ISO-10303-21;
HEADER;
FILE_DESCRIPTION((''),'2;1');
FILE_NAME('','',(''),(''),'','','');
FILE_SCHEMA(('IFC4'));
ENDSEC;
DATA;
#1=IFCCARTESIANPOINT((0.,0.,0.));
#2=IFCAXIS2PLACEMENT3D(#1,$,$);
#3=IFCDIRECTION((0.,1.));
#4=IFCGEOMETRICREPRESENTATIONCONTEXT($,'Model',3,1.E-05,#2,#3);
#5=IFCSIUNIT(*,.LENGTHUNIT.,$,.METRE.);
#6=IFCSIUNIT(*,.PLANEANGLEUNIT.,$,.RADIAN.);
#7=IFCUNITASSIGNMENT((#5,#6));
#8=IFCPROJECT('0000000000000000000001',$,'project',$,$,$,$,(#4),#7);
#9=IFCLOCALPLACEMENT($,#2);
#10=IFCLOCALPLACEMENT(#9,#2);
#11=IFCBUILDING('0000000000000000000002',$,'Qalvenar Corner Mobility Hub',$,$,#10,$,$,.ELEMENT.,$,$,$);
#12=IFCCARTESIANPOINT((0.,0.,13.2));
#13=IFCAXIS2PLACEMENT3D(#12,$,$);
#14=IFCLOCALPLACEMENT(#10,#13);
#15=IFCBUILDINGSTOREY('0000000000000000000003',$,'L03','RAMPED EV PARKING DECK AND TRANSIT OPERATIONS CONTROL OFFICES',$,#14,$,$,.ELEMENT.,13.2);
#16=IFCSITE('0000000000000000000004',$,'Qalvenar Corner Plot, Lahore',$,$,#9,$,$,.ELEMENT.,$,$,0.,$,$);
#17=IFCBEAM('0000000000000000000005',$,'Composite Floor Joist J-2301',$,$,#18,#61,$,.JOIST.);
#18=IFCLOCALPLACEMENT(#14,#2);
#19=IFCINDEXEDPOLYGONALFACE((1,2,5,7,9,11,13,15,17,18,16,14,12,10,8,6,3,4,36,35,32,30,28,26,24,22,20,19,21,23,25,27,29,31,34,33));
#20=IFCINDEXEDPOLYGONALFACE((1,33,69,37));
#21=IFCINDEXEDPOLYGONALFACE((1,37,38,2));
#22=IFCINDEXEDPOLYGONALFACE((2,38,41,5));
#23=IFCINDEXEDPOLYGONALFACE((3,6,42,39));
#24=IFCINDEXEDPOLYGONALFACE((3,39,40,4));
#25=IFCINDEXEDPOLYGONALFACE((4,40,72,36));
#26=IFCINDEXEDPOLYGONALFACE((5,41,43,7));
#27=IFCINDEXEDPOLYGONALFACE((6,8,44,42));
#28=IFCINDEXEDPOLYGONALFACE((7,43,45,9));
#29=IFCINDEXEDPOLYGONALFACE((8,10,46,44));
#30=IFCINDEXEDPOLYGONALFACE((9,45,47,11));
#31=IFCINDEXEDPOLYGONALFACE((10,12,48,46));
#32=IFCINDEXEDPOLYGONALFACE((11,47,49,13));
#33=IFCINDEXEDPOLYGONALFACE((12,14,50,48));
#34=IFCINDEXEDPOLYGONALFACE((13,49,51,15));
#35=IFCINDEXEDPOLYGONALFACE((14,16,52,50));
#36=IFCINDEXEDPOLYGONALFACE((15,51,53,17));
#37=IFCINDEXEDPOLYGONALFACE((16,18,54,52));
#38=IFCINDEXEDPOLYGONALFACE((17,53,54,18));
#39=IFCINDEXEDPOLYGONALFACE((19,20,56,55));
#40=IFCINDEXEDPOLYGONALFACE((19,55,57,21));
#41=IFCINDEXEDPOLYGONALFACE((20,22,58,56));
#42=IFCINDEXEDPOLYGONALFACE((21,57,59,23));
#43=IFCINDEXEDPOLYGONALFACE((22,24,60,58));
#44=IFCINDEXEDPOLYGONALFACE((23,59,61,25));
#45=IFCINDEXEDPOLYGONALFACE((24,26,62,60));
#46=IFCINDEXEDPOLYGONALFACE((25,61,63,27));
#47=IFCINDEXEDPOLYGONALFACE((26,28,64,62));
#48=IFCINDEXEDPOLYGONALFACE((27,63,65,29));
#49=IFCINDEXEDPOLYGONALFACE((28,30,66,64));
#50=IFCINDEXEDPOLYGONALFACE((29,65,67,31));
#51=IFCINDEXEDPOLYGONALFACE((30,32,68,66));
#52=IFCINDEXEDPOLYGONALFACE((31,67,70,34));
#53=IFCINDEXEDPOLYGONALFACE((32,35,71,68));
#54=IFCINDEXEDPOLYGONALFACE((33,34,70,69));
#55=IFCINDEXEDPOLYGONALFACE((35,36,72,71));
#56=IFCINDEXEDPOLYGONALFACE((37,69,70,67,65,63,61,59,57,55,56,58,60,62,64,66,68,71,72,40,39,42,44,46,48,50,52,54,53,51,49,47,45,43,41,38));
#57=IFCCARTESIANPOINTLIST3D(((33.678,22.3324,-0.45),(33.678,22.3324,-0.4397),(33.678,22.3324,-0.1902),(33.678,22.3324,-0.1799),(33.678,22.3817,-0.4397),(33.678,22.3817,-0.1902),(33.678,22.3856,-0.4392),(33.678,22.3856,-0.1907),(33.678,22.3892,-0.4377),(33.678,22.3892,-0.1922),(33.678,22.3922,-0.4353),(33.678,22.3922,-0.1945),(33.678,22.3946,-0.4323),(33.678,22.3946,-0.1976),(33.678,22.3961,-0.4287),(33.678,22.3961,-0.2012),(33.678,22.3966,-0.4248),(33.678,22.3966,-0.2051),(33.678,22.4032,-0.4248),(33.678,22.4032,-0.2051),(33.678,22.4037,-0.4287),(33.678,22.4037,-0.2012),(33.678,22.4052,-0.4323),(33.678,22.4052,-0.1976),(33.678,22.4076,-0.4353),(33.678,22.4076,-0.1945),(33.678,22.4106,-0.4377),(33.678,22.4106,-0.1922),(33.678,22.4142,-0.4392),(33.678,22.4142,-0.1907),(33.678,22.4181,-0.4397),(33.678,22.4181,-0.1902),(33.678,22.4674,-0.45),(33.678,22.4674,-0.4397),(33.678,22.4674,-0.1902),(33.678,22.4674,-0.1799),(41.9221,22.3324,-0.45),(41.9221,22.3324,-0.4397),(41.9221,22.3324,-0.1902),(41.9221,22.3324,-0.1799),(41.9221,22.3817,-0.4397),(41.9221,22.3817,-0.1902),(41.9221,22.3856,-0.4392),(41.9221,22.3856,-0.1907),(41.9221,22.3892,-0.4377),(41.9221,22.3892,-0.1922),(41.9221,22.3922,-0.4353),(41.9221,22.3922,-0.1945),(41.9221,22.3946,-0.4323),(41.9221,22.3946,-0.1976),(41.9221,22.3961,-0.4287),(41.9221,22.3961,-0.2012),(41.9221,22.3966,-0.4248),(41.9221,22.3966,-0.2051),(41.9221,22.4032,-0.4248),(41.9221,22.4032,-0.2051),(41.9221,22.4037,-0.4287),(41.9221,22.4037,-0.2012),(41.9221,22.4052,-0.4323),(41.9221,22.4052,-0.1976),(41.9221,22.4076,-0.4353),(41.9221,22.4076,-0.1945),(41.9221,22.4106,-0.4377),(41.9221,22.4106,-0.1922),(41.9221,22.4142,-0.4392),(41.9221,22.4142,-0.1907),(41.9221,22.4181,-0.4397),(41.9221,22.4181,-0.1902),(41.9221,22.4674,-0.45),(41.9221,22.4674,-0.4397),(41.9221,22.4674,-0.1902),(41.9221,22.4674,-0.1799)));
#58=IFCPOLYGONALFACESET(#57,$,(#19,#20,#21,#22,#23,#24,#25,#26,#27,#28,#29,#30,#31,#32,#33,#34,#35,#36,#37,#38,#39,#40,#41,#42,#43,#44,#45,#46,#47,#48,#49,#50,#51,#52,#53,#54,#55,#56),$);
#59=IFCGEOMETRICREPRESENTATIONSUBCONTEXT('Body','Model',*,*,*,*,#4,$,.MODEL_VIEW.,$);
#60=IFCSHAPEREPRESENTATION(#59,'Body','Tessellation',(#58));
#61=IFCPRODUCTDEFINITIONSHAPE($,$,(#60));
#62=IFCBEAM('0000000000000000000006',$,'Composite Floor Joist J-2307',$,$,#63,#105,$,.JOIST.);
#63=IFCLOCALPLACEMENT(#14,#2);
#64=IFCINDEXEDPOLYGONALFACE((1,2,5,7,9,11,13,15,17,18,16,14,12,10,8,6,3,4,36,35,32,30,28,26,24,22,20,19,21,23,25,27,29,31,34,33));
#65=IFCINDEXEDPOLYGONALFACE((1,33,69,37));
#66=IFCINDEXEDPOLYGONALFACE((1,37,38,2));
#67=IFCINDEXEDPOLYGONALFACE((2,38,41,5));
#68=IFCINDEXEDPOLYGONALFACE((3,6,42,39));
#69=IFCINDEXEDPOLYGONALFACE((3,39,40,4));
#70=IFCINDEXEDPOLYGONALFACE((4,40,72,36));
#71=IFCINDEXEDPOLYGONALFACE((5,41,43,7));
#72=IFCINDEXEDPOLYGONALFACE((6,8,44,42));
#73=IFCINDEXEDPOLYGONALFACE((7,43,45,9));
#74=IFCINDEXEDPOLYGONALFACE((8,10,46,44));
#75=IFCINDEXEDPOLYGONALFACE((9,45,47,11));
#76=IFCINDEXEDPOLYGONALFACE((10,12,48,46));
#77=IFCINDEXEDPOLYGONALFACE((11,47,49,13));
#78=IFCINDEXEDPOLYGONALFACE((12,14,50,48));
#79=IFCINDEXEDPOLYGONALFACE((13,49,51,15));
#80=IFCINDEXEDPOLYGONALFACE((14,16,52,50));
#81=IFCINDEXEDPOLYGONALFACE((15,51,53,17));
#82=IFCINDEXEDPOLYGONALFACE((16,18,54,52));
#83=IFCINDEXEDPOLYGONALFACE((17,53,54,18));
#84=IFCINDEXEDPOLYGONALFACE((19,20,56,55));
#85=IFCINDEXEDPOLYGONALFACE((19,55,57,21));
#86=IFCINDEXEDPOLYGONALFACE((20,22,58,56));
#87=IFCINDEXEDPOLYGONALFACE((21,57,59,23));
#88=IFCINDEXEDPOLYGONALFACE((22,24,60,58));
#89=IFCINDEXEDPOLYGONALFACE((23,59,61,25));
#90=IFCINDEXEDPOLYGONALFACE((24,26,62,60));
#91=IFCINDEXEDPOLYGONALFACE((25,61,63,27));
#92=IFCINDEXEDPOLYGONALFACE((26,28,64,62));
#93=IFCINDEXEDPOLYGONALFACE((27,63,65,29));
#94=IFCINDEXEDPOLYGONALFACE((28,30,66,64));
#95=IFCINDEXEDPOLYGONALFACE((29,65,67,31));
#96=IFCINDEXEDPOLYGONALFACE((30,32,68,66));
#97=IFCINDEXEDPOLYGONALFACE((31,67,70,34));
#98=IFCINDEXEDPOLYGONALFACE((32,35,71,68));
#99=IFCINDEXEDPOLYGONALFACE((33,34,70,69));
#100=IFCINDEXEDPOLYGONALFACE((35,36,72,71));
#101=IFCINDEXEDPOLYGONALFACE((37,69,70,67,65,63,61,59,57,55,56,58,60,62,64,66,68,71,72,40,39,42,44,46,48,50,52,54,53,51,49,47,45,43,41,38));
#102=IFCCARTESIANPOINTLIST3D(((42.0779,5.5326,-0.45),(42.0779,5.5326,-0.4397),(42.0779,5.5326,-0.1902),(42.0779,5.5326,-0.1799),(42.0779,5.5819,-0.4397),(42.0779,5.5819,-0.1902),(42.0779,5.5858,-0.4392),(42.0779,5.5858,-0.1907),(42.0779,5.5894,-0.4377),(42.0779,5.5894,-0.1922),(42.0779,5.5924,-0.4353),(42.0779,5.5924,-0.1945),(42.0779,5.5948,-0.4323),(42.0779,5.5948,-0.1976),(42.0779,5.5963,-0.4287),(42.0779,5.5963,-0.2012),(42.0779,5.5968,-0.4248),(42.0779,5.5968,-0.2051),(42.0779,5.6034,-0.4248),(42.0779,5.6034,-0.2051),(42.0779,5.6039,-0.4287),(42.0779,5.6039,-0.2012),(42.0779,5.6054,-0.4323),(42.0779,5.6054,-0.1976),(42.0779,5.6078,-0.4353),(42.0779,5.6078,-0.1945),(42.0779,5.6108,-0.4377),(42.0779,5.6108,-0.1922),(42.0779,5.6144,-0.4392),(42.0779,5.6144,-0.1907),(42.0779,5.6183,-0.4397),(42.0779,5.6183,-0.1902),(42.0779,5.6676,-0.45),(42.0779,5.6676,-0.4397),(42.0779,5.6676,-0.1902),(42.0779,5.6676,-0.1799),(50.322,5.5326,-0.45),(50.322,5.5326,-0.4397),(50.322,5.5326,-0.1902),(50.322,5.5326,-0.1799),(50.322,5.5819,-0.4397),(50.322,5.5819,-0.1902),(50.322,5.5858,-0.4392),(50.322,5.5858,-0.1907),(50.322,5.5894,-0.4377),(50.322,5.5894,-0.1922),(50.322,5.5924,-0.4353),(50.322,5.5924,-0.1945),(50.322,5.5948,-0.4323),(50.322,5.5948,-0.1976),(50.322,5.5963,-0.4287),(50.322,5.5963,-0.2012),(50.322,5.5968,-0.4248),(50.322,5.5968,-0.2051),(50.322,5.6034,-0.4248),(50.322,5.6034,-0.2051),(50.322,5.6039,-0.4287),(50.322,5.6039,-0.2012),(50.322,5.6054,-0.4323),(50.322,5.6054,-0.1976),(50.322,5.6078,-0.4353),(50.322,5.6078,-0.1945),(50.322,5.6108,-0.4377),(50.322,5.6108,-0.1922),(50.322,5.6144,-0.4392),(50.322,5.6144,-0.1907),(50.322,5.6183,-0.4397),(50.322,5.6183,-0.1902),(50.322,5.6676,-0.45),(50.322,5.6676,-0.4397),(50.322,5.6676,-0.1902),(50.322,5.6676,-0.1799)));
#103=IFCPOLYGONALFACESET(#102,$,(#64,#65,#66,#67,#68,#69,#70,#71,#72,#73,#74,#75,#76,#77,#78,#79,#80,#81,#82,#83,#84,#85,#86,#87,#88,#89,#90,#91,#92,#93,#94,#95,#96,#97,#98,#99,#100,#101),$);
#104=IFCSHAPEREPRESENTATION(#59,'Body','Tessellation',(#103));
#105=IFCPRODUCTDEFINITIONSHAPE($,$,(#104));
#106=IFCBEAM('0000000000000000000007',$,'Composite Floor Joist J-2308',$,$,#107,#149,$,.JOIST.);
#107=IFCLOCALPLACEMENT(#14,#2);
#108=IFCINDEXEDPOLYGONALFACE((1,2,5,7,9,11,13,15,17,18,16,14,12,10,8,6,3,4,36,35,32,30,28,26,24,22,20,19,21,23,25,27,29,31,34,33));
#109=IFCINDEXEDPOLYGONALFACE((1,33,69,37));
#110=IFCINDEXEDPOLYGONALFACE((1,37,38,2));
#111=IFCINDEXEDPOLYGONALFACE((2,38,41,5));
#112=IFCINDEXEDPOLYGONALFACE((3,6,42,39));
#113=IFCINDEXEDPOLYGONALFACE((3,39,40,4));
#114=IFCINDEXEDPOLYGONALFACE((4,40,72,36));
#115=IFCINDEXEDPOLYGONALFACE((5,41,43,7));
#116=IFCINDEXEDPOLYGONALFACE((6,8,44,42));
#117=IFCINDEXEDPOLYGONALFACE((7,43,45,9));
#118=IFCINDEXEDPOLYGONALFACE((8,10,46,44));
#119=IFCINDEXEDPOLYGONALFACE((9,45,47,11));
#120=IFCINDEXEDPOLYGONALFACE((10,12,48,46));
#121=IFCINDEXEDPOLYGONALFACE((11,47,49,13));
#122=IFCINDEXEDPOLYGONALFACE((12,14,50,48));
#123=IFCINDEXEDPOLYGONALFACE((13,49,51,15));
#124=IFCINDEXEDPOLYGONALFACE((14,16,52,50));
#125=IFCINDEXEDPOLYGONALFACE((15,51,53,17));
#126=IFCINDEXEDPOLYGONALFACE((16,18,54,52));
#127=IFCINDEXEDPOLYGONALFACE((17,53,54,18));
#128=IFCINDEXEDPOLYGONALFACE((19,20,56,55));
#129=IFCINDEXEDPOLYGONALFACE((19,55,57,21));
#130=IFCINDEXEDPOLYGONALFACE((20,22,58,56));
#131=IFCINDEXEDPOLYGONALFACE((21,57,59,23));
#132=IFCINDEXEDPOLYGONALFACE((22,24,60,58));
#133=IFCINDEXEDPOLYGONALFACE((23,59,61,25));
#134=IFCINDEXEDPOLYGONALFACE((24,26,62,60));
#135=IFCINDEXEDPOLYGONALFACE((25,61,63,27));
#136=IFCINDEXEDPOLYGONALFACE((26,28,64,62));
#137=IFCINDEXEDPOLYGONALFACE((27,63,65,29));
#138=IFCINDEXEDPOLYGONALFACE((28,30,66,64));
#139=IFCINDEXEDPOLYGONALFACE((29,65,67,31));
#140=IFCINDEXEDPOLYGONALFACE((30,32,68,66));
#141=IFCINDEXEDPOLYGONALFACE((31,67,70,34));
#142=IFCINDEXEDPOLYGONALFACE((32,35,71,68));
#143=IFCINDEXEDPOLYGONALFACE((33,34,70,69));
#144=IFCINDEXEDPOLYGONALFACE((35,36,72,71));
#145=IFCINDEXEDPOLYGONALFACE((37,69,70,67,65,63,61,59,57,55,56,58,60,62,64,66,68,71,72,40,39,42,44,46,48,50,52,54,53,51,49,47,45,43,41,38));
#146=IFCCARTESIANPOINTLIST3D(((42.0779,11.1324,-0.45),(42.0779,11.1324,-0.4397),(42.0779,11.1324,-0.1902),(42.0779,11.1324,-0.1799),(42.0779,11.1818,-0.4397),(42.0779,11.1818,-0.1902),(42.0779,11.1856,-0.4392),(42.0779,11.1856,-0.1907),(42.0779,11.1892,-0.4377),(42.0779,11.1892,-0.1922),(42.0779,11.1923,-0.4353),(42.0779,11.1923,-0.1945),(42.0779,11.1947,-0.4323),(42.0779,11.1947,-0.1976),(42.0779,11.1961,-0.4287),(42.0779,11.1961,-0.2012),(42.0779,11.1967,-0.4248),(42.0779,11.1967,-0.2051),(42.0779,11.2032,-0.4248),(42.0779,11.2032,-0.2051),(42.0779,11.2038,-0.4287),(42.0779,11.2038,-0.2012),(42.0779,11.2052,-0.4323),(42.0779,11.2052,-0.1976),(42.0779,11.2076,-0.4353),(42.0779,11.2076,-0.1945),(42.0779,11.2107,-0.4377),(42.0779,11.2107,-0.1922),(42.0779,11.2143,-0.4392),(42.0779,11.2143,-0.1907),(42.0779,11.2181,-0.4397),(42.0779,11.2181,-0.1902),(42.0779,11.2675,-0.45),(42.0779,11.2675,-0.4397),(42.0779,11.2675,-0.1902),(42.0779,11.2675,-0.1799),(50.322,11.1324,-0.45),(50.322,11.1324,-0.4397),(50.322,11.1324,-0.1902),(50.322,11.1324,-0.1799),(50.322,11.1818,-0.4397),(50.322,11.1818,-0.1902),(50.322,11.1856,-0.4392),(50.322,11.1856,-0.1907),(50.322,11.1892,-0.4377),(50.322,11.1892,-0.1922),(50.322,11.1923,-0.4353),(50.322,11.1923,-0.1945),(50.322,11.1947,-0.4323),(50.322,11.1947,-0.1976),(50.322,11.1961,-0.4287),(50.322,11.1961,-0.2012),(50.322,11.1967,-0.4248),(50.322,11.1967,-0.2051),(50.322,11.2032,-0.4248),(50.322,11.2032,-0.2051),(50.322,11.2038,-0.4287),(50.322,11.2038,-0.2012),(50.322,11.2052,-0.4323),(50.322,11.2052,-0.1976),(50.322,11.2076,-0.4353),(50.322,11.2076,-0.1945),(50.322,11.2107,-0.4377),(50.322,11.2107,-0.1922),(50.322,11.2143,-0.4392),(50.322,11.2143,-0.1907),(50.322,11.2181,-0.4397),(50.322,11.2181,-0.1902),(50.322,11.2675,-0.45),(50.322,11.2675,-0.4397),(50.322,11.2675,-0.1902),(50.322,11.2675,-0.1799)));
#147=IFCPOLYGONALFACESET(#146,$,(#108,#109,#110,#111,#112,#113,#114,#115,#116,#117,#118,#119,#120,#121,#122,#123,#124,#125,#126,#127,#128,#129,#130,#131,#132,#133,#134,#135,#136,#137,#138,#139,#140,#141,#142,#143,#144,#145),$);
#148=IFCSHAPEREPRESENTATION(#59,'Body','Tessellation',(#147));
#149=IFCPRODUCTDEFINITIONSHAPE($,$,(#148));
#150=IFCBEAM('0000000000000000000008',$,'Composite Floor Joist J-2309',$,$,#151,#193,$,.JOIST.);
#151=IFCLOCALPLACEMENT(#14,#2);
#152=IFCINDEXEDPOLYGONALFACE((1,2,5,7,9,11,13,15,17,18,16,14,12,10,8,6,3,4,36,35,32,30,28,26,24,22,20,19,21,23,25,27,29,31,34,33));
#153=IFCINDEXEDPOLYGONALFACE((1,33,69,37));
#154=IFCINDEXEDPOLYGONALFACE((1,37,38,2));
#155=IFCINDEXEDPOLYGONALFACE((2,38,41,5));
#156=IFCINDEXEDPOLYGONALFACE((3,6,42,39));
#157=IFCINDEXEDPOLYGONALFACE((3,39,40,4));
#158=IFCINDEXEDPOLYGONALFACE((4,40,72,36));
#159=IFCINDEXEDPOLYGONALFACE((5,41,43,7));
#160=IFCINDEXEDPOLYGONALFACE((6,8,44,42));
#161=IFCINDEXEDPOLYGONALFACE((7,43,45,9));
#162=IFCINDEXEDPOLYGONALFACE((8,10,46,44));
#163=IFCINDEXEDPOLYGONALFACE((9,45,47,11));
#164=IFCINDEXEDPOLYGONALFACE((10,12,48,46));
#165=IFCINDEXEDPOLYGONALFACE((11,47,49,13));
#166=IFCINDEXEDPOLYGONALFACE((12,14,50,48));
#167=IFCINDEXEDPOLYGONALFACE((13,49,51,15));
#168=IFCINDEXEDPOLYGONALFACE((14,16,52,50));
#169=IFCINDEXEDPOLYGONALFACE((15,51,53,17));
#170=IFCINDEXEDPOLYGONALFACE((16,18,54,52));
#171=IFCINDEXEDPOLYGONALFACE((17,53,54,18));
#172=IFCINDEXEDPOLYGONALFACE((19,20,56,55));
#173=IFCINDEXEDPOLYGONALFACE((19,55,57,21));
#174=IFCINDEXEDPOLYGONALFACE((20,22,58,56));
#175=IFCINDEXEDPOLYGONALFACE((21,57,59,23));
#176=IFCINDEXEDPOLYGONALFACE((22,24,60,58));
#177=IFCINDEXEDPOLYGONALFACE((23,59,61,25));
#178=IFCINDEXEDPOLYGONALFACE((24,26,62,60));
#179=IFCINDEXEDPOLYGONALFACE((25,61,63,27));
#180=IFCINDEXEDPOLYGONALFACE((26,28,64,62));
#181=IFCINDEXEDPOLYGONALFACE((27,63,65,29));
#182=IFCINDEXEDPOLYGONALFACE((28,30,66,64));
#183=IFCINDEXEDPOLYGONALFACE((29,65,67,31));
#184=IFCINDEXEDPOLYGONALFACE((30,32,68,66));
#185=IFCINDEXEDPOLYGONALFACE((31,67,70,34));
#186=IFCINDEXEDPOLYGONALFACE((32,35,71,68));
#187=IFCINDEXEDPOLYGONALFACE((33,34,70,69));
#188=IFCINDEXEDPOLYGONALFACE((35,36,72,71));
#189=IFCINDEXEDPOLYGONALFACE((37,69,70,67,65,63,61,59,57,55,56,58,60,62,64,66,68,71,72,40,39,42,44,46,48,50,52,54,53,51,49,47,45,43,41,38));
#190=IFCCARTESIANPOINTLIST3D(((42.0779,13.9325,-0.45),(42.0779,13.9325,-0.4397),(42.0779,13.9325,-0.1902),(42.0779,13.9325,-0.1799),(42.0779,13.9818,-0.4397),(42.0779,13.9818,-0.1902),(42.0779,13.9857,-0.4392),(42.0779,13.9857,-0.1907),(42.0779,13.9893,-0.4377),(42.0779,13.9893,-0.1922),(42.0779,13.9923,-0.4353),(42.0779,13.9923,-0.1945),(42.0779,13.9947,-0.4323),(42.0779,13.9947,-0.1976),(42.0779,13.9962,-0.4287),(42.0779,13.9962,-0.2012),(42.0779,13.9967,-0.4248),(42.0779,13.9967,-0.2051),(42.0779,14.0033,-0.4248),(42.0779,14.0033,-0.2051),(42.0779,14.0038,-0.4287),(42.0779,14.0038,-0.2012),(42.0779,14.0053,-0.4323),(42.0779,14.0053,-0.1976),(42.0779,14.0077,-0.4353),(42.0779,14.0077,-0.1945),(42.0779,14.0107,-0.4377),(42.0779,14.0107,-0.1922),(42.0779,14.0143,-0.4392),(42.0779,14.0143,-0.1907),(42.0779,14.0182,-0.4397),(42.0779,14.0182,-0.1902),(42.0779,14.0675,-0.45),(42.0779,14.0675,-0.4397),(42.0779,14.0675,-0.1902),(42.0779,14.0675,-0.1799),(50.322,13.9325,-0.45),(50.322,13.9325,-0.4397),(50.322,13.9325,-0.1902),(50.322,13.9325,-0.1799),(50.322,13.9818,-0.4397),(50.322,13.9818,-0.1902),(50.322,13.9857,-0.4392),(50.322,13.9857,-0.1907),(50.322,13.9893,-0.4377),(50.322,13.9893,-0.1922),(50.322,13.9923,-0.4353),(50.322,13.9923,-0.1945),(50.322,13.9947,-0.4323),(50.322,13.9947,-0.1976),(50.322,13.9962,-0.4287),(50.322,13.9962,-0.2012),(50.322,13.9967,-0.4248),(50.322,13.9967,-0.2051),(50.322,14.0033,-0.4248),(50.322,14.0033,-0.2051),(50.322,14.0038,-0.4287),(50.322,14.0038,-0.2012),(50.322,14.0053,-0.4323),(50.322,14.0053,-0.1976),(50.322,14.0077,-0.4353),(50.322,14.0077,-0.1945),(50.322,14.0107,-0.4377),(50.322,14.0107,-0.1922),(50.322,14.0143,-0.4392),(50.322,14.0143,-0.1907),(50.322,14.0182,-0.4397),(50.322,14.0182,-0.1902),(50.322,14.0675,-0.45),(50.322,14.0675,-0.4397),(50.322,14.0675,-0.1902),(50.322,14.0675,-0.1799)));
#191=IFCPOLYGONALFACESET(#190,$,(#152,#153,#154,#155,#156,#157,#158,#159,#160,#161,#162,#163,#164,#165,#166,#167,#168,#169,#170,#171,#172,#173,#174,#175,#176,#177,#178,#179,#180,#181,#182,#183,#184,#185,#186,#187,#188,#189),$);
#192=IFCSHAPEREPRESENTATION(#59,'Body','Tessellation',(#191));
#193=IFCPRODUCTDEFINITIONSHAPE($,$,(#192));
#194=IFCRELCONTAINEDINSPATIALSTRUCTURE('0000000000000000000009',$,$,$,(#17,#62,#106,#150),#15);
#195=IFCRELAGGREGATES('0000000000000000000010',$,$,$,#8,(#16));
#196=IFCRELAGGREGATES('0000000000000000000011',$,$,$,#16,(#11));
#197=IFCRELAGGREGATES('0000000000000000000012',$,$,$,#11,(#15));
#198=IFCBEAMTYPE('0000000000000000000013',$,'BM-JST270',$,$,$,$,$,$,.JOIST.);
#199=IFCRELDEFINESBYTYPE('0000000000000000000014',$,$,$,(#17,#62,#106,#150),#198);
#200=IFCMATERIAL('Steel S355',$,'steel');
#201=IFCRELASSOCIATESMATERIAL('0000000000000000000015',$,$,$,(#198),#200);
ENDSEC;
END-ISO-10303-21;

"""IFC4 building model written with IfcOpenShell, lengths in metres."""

from ifc_helpers import new_model, si_unit, direction, frame, origin, origin_2d, place, context, subcontext, project, spatial, i_section, extrude, material, material_profile, profile_set, type_object, element, save


model = new_model("IFC4")

# Units and contexts
model_context = context("Model", 3, precision=1e-05, world=origin(), true_north=direction((0.0, 1.0)))
body_context = subcontext(model_context, "Body", "Model", "MODEL_VIEW")
ifc_project = project(units=[si_unit("LENGTHUNIT", "METRE"), si_unit("PLANEANGLEUNIT", "RADIAN")], contexts=[model_context])

# Site, building, storey
site_placement = place(None, origin())
site = spatial("IfcSite", under=ifc_project, at=site_placement, Name="Qalvenar Corner Plot, Lahore", CompositionType="ELEMENT", RefElevation=0.0)
building_placement = place(site_placement, origin())
building = spatial("IfcBuilding", under=site, at=building_placement, Name="Qalvenar Corner Mobility Hub", CompositionType="ELEMENT")
storey_placement = place(building_placement, frame((0.0, 0.0, 13.2)))
storey = spatial("IfcBuildingStorey", under=building, at=storey_placement, Name="L03", Description="RAMPED EV PARKING DECK AND TRANSIT OPERATIONS CONTROL OFFICES", CompositionType="ELEMENT", Elevation=13.2)

# Shared definitions
ifc_material_1 = material(Name="Steel S355", Category="steel")

# Beams
ifc_material_profile_1 = material_profile(ifc_material_1, i_section(OverallWidth=0.135, OverallDepth=0.27, WebThickness=0.0066, FlangeThickness=0.0103, FilletRadius=0.0149, at=origin_2d()), Name="IPE270")
ifc_profile_set_1 = profile_set([ifc_material_profile_1], Name="Steel S355")
beam_type_1 = type_object("IfcBeamType", Name="BM-JST270", PredefinedType="JOIST", material=ifc_profile_set_1)
for number, where, z_axis, x_axis, name in (
    (1, (33.678, 22.3999, -0.3149), (1.0, 0.0, 0.0), (0.0, 1.0, 0.0), "Composite Floor Joist J-2301"),
    (2, (42.0779, 5.6001, -0.3149), (1.0, 0.0, 0.0), (0.0, 1.0, 0.0), "Composite Floor Joist J-2307"),
    (3, (42.0779, 11.2, -0.3149), (1.0, 0.0, 0.0), (0.0, 1.0, 0.0), "Composite Floor Joist J-2308"),
    (4, (42.0779, 14.0, -0.3149), (1.0, 0.0, 0.0), (0.0, 1.0, 0.0), "Composite Floor Joist J-2309"),
):
    element("IfcBeam", number, at=place(storey_placement, frame(where, z_axis=z_axis, x_axis=x_axis)), inside=storey, type_object=beam_type_1, Name=name, PredefinedType="JOIST", context=body_context, shape_type="SweptSolid", body=[
        extrude(i_section(OverallWidth=0.135, OverallDepth=0.27, WebThickness=0.0066, FlangeThickness=0.0103, FilletRadius=0.0149, at=origin_2d()), origin(), (0.0, 0.0, 1.0), 8.2441),
    ])

save(model, "model.ifc")
